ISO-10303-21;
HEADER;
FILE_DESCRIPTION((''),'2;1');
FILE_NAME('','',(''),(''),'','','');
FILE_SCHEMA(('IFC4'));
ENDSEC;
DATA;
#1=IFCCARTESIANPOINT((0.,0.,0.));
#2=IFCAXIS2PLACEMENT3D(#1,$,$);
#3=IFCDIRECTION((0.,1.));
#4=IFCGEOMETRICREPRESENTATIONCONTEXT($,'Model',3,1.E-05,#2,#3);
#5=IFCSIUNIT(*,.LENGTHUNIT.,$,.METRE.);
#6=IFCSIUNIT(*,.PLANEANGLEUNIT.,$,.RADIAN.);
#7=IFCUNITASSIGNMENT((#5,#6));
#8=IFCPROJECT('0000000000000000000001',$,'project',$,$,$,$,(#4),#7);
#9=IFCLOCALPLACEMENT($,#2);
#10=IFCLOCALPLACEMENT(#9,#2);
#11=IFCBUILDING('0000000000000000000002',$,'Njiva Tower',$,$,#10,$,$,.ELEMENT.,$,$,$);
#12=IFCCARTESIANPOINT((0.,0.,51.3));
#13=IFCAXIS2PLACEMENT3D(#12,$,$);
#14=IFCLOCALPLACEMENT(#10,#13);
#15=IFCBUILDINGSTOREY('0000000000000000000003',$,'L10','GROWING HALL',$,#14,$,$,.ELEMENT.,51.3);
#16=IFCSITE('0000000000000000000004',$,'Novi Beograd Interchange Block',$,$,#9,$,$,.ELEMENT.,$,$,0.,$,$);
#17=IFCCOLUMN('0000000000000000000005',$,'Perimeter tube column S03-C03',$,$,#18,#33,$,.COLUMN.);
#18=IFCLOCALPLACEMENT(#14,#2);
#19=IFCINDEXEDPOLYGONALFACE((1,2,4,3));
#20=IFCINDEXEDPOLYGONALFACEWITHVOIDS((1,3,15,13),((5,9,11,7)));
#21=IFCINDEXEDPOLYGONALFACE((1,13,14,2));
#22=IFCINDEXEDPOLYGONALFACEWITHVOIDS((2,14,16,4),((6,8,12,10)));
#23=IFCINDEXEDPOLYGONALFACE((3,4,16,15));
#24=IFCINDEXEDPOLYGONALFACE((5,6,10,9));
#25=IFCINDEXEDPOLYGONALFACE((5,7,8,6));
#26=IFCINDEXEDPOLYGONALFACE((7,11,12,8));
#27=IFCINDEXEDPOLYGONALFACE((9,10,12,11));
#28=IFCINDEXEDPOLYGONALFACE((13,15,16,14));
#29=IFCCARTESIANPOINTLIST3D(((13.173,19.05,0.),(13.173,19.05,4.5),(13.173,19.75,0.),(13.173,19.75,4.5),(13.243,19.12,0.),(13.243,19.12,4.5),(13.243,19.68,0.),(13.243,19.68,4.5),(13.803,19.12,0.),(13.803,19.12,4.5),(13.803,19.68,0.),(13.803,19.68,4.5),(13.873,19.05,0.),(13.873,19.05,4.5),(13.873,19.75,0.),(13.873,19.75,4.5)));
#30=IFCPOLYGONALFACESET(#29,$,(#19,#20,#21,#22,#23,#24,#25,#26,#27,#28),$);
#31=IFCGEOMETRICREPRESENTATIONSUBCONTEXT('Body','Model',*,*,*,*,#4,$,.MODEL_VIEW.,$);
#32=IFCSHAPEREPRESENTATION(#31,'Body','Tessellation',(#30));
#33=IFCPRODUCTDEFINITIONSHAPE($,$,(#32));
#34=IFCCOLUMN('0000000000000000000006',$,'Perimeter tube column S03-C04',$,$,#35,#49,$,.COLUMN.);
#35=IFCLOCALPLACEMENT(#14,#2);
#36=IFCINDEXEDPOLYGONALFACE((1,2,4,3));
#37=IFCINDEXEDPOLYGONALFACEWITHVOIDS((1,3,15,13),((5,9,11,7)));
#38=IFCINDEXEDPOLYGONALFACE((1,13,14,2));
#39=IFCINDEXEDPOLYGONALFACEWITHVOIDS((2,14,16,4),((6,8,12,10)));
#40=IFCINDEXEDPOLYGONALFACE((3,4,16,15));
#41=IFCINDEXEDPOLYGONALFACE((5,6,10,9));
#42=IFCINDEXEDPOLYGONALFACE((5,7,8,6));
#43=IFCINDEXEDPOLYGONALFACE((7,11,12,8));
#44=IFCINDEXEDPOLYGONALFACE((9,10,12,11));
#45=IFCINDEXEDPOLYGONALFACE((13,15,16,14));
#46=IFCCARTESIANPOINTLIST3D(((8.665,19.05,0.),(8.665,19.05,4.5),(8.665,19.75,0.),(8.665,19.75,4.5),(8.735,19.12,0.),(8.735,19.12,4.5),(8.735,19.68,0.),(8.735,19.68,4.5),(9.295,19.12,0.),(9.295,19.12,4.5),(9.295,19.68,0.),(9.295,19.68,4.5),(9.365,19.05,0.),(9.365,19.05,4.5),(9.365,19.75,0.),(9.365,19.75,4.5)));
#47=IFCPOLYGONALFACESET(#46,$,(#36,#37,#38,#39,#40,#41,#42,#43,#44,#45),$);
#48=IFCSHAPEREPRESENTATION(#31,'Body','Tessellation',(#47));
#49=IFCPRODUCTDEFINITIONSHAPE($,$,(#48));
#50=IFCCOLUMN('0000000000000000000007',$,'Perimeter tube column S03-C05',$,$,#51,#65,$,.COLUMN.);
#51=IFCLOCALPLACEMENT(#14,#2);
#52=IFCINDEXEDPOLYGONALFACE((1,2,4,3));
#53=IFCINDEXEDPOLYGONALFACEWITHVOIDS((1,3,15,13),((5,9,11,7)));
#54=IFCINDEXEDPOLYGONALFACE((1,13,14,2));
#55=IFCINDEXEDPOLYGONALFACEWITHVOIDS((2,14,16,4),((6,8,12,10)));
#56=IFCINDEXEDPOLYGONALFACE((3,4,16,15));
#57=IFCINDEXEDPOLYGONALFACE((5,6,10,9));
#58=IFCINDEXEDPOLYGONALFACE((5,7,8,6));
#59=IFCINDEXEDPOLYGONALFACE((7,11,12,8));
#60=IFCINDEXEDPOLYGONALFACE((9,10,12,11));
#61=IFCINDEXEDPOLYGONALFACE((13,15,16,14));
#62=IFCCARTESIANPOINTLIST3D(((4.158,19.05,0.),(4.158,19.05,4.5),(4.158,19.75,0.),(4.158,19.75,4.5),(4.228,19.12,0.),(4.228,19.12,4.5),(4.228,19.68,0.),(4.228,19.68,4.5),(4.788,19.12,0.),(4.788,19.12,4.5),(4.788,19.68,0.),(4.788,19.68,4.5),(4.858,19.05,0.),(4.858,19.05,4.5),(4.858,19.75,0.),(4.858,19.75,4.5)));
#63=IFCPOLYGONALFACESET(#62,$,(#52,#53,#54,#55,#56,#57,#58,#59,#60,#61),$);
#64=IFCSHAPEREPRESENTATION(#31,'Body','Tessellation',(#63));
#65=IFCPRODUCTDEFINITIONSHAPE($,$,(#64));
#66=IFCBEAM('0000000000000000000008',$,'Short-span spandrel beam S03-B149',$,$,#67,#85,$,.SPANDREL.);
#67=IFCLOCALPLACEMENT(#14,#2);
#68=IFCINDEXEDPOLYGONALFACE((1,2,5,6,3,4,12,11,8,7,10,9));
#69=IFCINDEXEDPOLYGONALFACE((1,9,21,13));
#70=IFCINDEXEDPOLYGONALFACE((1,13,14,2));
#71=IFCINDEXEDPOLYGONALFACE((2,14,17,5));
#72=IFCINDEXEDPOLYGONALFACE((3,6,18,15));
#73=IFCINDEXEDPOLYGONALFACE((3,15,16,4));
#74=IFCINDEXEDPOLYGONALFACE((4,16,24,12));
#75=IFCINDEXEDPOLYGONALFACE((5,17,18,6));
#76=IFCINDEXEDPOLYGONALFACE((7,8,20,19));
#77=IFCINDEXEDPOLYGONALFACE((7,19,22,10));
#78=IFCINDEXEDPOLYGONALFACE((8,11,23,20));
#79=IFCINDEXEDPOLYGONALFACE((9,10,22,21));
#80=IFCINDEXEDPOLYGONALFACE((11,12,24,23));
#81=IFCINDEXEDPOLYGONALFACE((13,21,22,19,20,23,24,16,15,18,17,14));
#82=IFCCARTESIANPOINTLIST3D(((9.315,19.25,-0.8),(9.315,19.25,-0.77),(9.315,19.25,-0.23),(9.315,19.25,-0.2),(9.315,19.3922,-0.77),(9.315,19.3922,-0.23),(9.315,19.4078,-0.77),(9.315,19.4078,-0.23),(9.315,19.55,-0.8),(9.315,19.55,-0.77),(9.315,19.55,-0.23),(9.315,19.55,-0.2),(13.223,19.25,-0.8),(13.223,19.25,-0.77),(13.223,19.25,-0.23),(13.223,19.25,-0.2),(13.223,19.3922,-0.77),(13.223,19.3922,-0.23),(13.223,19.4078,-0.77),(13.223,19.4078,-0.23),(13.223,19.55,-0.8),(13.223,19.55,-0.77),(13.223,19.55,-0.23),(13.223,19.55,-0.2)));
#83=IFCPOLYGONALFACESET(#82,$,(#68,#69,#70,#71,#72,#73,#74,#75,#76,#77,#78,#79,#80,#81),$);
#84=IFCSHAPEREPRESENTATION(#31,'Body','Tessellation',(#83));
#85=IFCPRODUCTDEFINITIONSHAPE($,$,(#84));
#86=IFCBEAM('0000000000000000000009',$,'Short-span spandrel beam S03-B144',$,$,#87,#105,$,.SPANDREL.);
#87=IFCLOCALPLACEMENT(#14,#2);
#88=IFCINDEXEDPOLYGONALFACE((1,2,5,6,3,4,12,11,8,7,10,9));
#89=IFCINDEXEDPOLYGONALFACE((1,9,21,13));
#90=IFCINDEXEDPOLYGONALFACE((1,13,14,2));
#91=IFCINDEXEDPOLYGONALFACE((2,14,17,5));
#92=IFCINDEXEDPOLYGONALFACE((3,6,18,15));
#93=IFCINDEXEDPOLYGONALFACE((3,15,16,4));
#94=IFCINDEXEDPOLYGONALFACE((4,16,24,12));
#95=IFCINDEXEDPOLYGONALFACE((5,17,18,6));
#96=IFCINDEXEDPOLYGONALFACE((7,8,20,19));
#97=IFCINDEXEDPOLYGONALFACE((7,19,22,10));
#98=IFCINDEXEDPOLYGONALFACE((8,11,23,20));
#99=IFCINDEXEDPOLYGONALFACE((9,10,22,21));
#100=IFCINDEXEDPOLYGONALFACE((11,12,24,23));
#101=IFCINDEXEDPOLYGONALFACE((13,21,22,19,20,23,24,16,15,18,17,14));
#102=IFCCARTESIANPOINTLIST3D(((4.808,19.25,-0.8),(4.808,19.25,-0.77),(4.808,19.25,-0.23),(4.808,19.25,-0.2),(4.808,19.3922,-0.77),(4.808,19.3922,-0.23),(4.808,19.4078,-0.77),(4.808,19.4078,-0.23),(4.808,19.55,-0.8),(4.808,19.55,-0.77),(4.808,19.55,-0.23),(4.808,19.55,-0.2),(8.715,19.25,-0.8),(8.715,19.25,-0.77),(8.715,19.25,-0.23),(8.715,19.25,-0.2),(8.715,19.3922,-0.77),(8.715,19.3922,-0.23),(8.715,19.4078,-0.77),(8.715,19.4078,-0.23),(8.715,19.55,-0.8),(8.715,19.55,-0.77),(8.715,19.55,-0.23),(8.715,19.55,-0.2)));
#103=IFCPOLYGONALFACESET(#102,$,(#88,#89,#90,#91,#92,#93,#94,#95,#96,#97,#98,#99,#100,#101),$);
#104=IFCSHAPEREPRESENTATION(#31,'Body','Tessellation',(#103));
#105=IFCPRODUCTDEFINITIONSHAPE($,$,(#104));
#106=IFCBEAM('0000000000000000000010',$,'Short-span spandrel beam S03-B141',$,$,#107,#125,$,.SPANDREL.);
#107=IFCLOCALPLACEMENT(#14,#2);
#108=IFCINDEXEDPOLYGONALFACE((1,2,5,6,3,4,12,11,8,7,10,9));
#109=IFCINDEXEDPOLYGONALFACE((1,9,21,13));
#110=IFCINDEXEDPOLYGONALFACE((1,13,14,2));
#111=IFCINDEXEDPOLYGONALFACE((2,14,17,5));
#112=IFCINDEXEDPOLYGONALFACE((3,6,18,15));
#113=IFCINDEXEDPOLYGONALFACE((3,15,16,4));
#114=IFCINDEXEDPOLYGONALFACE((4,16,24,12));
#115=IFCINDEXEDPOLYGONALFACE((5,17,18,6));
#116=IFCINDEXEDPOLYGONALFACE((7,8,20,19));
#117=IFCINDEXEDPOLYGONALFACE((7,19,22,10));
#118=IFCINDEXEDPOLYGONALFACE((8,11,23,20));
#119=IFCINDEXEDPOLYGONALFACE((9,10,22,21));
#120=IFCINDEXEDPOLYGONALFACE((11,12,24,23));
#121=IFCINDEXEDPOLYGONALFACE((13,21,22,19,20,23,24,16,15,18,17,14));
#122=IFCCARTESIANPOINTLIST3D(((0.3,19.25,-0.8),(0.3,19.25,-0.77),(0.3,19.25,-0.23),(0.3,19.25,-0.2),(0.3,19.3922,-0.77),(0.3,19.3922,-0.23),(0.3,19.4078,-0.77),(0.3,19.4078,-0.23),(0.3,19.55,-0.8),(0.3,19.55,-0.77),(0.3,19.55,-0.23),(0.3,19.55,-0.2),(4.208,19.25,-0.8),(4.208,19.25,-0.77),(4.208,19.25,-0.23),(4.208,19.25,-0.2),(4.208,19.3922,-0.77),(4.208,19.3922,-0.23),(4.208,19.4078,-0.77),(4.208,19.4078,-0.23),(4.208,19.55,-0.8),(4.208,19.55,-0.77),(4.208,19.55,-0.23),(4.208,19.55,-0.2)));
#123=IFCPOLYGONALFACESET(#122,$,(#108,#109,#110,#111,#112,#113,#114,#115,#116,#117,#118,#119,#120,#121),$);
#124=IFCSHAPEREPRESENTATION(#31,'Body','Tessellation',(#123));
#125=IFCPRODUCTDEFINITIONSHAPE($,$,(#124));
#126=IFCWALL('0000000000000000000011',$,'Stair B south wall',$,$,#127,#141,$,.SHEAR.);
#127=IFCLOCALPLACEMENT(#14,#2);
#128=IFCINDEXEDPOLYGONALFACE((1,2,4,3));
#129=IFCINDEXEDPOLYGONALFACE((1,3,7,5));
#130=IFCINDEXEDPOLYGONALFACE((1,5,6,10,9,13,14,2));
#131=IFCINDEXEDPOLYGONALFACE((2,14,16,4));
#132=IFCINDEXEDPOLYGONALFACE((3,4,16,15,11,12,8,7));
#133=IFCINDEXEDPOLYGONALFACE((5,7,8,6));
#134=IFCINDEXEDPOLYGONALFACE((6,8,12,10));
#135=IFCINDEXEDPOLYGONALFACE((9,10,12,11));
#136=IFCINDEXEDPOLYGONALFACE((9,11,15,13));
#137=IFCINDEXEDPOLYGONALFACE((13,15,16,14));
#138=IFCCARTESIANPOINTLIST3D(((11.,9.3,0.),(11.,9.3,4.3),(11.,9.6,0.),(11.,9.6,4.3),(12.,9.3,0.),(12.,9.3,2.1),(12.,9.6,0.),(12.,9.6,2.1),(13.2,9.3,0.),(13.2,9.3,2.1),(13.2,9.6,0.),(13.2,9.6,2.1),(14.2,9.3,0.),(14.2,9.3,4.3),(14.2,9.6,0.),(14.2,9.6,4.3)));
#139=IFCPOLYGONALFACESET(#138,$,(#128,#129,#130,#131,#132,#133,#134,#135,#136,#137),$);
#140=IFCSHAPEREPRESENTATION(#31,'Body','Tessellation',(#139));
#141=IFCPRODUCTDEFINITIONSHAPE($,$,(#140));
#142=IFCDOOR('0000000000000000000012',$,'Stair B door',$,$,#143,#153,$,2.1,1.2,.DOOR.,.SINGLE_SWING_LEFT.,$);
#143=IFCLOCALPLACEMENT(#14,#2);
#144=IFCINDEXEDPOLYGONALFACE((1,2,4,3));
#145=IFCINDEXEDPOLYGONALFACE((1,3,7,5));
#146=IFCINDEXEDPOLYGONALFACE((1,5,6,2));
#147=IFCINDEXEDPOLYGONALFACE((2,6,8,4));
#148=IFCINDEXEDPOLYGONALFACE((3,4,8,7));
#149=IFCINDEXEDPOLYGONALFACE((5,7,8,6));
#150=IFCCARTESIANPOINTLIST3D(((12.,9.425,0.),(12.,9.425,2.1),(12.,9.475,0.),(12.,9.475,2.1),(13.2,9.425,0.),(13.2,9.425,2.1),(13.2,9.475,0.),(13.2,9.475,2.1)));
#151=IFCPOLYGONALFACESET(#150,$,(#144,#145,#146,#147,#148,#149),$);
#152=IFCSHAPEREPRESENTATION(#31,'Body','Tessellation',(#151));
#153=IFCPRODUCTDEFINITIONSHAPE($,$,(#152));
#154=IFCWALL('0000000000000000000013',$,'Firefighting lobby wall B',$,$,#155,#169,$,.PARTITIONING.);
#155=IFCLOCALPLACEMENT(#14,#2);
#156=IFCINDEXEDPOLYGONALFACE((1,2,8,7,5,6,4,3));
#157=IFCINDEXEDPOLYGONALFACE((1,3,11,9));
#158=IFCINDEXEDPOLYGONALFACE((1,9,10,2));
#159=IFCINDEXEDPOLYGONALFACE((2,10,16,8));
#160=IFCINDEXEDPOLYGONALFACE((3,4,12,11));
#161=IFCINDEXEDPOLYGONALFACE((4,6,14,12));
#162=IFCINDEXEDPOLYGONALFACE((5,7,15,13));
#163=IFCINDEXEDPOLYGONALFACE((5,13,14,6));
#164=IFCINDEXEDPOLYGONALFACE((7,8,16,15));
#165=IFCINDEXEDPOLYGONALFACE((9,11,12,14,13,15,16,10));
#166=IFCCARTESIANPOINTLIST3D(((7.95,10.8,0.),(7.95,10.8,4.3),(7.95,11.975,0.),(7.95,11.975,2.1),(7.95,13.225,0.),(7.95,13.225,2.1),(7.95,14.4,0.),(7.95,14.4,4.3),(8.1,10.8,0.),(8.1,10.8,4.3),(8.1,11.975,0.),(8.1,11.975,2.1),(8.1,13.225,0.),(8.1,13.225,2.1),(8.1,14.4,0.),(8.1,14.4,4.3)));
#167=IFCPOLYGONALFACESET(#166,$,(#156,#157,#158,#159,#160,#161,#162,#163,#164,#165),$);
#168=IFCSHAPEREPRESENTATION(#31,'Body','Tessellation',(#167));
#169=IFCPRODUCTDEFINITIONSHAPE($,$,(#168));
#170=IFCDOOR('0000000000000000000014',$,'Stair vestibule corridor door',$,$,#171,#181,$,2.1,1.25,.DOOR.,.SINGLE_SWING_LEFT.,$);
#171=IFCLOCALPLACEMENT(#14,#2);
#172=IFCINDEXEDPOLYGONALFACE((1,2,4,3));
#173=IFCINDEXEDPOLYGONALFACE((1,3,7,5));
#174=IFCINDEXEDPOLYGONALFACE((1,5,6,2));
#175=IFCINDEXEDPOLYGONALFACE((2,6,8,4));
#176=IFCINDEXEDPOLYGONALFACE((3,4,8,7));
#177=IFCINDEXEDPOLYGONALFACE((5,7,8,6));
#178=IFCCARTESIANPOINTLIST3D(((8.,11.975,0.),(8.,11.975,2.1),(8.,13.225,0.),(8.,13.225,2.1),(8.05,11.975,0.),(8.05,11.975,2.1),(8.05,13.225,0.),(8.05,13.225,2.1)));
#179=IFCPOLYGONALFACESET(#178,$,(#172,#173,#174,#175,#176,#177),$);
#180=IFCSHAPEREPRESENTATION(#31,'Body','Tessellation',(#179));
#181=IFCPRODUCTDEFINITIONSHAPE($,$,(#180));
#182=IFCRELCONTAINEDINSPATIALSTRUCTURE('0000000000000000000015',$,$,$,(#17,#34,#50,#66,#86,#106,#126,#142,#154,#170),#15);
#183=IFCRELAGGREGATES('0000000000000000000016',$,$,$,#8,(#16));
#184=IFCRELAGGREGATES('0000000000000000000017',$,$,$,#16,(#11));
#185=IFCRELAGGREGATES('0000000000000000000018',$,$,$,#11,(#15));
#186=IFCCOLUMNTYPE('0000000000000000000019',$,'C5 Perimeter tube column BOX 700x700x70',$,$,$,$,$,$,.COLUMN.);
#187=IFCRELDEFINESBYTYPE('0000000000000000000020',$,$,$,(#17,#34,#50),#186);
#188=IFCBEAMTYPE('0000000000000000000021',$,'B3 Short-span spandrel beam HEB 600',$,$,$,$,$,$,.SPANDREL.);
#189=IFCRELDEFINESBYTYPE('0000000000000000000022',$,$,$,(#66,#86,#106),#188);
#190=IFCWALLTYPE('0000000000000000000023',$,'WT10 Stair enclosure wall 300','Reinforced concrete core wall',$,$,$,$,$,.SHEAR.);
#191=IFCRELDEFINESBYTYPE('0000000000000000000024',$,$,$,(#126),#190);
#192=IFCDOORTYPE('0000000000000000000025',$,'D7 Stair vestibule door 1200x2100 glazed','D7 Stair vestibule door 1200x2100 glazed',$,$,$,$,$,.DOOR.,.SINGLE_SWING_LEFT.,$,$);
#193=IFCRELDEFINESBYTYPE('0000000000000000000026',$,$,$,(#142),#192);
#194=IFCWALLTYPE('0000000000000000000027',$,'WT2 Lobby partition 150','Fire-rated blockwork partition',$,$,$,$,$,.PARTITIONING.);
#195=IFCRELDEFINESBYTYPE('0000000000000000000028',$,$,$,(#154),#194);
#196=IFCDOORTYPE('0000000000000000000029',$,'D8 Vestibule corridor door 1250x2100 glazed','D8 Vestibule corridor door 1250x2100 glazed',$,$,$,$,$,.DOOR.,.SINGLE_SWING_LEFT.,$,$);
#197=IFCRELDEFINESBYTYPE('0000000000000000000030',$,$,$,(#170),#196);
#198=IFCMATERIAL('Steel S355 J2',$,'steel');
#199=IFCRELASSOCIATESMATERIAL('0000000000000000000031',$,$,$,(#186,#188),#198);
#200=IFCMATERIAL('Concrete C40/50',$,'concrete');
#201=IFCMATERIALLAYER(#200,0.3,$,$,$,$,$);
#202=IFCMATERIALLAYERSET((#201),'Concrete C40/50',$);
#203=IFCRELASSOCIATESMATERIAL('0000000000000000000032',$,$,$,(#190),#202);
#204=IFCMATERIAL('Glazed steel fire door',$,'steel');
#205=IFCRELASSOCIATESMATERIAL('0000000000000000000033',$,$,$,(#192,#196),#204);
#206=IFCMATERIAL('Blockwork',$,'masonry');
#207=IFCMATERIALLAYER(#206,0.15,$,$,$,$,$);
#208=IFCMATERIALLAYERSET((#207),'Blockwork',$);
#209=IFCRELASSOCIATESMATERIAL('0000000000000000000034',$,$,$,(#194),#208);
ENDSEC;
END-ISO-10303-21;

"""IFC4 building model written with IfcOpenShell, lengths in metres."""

from ifc_helpers import new_model, si_unit, direction, frame, frame_2d, origin, origin_2d, place, context, subcontext, project, spatial, rectangle, hollow_rectangle, i_section, extrude, material, layer, layer_set, material_profile, profile_set, type_object, element, fill, save


model = new_model("IFC4")

# Units and contexts
model_context = context("Model", 3, precision=1e-05, world=origin(), true_north=direction((0.0, 1.0)))
body_context = subcontext(model_context, "Body", "Model", "MODEL_VIEW")
ifc_project = project(units=[si_unit("LENGTHUNIT", "METRE"), si_unit("PLANEANGLEUNIT", "RADIAN")], contexts=[model_context])

# Site, building, storey
site_placement = place(None, origin())
site = spatial("IfcSite", under=ifc_project, at=site_placement, Name="Novi Beograd Interchange Block", CompositionType="ELEMENT", RefElevation=0.0)
building_placement = place(site_placement, origin())
building = spatial("IfcBuilding", under=site, at=building_placement, Name="Njiva Tower", CompositionType="ELEMENT")
storey_placement = place(building_placement, frame((0.0, 0.0, 51.3)))
storey = spatial("IfcBuildingStorey", under=building, at=storey_placement, Name="L10", Description="GROWING HALL", CompositionType="ELEMENT", Elevation=51.3)

# Columns
ifc_material_1 = material(Name="Steel S355 J2", Category="steel")
ifc_material_profile_1 = material_profile(ifc_material_1, hollow_rectangle(XDim=0.7, YDim=0.7, WallThickness=0.07, at=origin_2d()), Name="BOX 700x700x70")
ifc_profile_set_1 = profile_set([ifc_material_profile_1], Name="Steel S355 J2")
column_type = type_object("IfcColumnType", Name="C5 Perimeter tube column BOX 700x700x70", PredefinedType="COLUMN", material=ifc_profile_set_1)
for number, where, z_axis, x_axis, name in (
    (1, (13.523, 19.4, 0.0), (0.0, 0.0, 1.0), (-1.0, 0.0, 0.0), "Perimeter tube column S03-C03"),
    (2, (9.015, 19.4, 0.0), (0.0, 0.0, 1.0), (-1.0, 0.0, 0.0), "Perimeter tube column S03-C04"),
    (3, (4.508, 19.4, 0.0), (0.0, 0.0, 1.0), (-1.0, 0.0, 0.0), "Perimeter tube column S03-C05"),
):
    element("IfcColumn", number, at=place(storey_placement, frame(where, z_axis=z_axis, x_axis=x_axis)), inside=storey, type_object=column_type, Name=name, PredefinedType="COLUMN", context=body_context, shape_type="SweptSolid", body=[
        extrude(hollow_rectangle(XDim=0.7, YDim=0.7, WallThickness=0.07, at=origin_2d()), origin(), (0.0, 0.0, 1.0), 4.5),
    ])

# Beams
ifc_material_profile_2 = material_profile(ifc_material_1, i_section(OverallWidth=0.3, OverallDepth=0.6, WebThickness=0.0155, FlangeThickness=0.03, at=origin_2d()), Name="HEB 600")
ifc_profile_set_2 = profile_set([ifc_material_profile_2], Name="Steel S355 J2")
beam_type = type_object("IfcBeamType", Name="B3 Short-span spandrel beam HEB 600", PredefinedType="SPANDREL", material=ifc_profile_set_2)
beam_1_placement = place(storey_placement, frame((13.223, 19.4, -0.5), z_axis=(-1.0, 0.0, 0.0), x_axis=(0.0, -1.0, 0.0)))
element("IfcBeam", 4, at=beam_1_placement, inside=storey, type_object=beam_type, Name="Short-span spandrel beam S03-B149", PredefinedType="SPANDREL", context=body_context, shape_type="SweptSolid", body=[
    extrude(i_section(OverallWidth=0.3, OverallDepth=0.6, WebThickness=0.0155, FlangeThickness=0.03, at=origin_2d()), origin(), (0.0, 0.0, 1.0), 3.908),
])
beam_2_placement = place(storey_placement, frame((8.715, 19.4, -0.5), z_axis=(-1.0, 0.0, 0.0), x_axis=(0.0, -1.0, 0.0)))
element("IfcBeam", 5, at=beam_2_placement, inside=storey, type_object=beam_type, Name="Short-span spandrel beam S03-B144", PredefinedType="SPANDREL", context=body_context, shape_type="SweptSolid", body=[
    extrude(i_section(OverallWidth=0.3, OverallDepth=0.6, WebThickness=0.0155, FlangeThickness=0.03, at=origin_2d()), origin(), (0.0, 0.0, 1.0), 3.907),
])
beam_3_placement = place(storey_placement, frame((4.208, 19.4, -0.5), z_axis=(-1.0, 0.0, 0.0), x_axis=(0.0, -1.0, 0.0)))
element("IfcBeam", 6, at=beam_3_placement, inside=storey, type_object=beam_type, Name="Short-span spandrel beam S03-B141", PredefinedType="SPANDREL", context=body_context, shape_type="SweptSolid", body=[
    extrude(i_section(OverallWidth=0.3, OverallDepth=0.6, WebThickness=0.0155, FlangeThickness=0.03, at=origin_2d()), origin(), (0.0, 0.0, 1.0), 3.908),
])

# Walls, openings, doors
ifc_material_2 = material(Name="Concrete C40/50", Category="concrete")
ifc_layer_1 = layer(ifc_material_2, 0.3)
ifc_layer_set_1 = layer_set([ifc_layer_1], Name="Concrete C40/50")
wall_type_1 = type_object("IfcWallType", Name="WT10 Stair enclosure wall 300", Description="Reinforced concrete core wall", PredefinedType="SHEAR", material=ifc_layer_set_1)
wall_1_placement = place(storey_placement, frame((11.0, 9.45, 0.0), z_axis=(0.0, 0.0, 1.0), x_axis=(1.0, 0.0, 0.0)))
wall_1 = element("IfcWall", 7, at=wall_1_placement, inside=storey, type_object=wall_type_1, Name="Stair B south wall", PredefinedType="SHEAR", context=body_context, shape_type="SweptSolid", body=[
    extrude(rectangle(XDim=3.2, YDim=0.3, at=frame_2d((1.6, 0.0))), origin(), (0.0, 0.0, 1.0), 4.3),
])
opening_1_placement = place(wall_1_placement, frame((1.0, 0.0, 0.0)))
opening_1 = element("IfcOpeningElement", 8, at=opening_1_placement, cuts=wall_1, PredefinedType="OPENING", context=body_context, shape_type="SweptSolid", body=[
    extrude(rectangle(XDim=1.2, YDim=2.1, at=frame_2d((0.6, 1.05))), frame((0.0, 0.16, 0.0), z_axis=(0.0, -1.0, 0.0), x_axis=(1.0, 0.0, 0.0)), (0.0, 0.0, 1.0), 0.32),
])
ifc_material_3 = material(Name="Glazed steel fire door", Category="steel")
door_type_1 = type_object("IfcDoorType", Name="D7 Stair vestibule door 1200x2100 glazed", Description="D7 Stair vestibule door 1200x2100 glazed", OperationType="SINGLE_SWING_LEFT", PredefinedType="DOOR", material=ifc_material_3)
door_1_placement = place(opening_1_placement, origin())
door_1 = element("IfcDoor", 9, at=door_1_placement, inside=storey, type_object=door_type_1, Name="Stair B door", OperationType="SINGLE_SWING_LEFT", OverallHeight=2.1, OverallWidth=1.2, PredefinedType="DOOR", context=body_context, shape_type="SweptSolid", body=[
    extrude(rectangle(XDim=1.2, YDim=2.1, at=frame_2d((0.6, 1.05))), frame((0.0, 0.025, 0.0), z_axis=(0.0, -1.0, 0.0), x_axis=(1.0, 0.0, 0.0)), (0.0, 0.0, 1.0), 0.05),
])
fill(opening_1, door_1)
ifc_material_4 = material(Name="Blockwork", Category="masonry")
ifc_layer_2 = layer(ifc_material_4, 0.15)
ifc_layer_set_2 = layer_set([ifc_layer_2], Name="Blockwork")
wall_type_2 = type_object("IfcWallType", Name="WT2 Lobby partition 150", Description="Fire-rated blockwork partition", PredefinedType="PARTITIONING", material=ifc_layer_set_2)
wall_2_placement = place(storey_placement, frame((8.025, 10.8, 0.0), z_axis=(0.0, 0.0, 1.0), x_axis=(0.0, 1.0, 0.0)))
wall_2 = element("IfcWall", 10, at=wall_2_placement, inside=storey, type_object=wall_type_2, Name="Firefighting lobby wall B", PredefinedType="PARTITIONING", context=body_context, shape_type="SweptSolid", body=[
    extrude(rectangle(XDim=3.6, YDim=0.15, at=frame_2d((1.8, 0.0))), origin(), (0.0, 0.0, 1.0), 4.3),
])
opening_2_placement = place(wall_2_placement, frame((1.175, 0.0, 0.0)))
opening_2 = element("IfcOpeningElement", 11, at=opening_2_placement, cuts=wall_2, PredefinedType="OPENING", context=body_context, shape_type="SweptSolid", body=[
    extrude(rectangle(XDim=1.25, YDim=2.1, at=frame_2d((0.625, 1.05))), frame((0.0, 0.085, 0.0), z_axis=(0.0, -1.0, 0.0), x_axis=(1.0, 0.0, 0.0)), (0.0, 0.0, 1.0), 0.17),
])
door_type_2 = type_object("IfcDoorType", Name="D8 Vestibule corridor door 1250x2100 glazed", Description="D8 Vestibule corridor door 1250x2100 glazed", OperationType="SINGLE_SWING_LEFT", PredefinedType="DOOR", material=ifc_material_3)
door_2_placement = place(opening_2_placement, origin())
door_2 = element("IfcDoor", 12, at=door_2_placement, inside=storey, type_object=door_type_2, Name="Stair vestibule corridor door", OperationType="SINGLE_SWING_LEFT", OverallHeight=2.1, OverallWidth=1.25, PredefinedType="DOOR", context=body_context, shape_type="SweptSolid", body=[
    extrude(rectangle(XDim=1.25, YDim=2.1, at=frame_2d((0.625, 1.05))), frame((0.0, 0.025, 0.0), z_axis=(0.0, -1.0, 0.0), x_axis=(1.0, 0.0, 0.0)), (0.0, 0.0, 1.0), 0.05),
])
fill(opening_2, door_2)

save(model, "model.ifc")
